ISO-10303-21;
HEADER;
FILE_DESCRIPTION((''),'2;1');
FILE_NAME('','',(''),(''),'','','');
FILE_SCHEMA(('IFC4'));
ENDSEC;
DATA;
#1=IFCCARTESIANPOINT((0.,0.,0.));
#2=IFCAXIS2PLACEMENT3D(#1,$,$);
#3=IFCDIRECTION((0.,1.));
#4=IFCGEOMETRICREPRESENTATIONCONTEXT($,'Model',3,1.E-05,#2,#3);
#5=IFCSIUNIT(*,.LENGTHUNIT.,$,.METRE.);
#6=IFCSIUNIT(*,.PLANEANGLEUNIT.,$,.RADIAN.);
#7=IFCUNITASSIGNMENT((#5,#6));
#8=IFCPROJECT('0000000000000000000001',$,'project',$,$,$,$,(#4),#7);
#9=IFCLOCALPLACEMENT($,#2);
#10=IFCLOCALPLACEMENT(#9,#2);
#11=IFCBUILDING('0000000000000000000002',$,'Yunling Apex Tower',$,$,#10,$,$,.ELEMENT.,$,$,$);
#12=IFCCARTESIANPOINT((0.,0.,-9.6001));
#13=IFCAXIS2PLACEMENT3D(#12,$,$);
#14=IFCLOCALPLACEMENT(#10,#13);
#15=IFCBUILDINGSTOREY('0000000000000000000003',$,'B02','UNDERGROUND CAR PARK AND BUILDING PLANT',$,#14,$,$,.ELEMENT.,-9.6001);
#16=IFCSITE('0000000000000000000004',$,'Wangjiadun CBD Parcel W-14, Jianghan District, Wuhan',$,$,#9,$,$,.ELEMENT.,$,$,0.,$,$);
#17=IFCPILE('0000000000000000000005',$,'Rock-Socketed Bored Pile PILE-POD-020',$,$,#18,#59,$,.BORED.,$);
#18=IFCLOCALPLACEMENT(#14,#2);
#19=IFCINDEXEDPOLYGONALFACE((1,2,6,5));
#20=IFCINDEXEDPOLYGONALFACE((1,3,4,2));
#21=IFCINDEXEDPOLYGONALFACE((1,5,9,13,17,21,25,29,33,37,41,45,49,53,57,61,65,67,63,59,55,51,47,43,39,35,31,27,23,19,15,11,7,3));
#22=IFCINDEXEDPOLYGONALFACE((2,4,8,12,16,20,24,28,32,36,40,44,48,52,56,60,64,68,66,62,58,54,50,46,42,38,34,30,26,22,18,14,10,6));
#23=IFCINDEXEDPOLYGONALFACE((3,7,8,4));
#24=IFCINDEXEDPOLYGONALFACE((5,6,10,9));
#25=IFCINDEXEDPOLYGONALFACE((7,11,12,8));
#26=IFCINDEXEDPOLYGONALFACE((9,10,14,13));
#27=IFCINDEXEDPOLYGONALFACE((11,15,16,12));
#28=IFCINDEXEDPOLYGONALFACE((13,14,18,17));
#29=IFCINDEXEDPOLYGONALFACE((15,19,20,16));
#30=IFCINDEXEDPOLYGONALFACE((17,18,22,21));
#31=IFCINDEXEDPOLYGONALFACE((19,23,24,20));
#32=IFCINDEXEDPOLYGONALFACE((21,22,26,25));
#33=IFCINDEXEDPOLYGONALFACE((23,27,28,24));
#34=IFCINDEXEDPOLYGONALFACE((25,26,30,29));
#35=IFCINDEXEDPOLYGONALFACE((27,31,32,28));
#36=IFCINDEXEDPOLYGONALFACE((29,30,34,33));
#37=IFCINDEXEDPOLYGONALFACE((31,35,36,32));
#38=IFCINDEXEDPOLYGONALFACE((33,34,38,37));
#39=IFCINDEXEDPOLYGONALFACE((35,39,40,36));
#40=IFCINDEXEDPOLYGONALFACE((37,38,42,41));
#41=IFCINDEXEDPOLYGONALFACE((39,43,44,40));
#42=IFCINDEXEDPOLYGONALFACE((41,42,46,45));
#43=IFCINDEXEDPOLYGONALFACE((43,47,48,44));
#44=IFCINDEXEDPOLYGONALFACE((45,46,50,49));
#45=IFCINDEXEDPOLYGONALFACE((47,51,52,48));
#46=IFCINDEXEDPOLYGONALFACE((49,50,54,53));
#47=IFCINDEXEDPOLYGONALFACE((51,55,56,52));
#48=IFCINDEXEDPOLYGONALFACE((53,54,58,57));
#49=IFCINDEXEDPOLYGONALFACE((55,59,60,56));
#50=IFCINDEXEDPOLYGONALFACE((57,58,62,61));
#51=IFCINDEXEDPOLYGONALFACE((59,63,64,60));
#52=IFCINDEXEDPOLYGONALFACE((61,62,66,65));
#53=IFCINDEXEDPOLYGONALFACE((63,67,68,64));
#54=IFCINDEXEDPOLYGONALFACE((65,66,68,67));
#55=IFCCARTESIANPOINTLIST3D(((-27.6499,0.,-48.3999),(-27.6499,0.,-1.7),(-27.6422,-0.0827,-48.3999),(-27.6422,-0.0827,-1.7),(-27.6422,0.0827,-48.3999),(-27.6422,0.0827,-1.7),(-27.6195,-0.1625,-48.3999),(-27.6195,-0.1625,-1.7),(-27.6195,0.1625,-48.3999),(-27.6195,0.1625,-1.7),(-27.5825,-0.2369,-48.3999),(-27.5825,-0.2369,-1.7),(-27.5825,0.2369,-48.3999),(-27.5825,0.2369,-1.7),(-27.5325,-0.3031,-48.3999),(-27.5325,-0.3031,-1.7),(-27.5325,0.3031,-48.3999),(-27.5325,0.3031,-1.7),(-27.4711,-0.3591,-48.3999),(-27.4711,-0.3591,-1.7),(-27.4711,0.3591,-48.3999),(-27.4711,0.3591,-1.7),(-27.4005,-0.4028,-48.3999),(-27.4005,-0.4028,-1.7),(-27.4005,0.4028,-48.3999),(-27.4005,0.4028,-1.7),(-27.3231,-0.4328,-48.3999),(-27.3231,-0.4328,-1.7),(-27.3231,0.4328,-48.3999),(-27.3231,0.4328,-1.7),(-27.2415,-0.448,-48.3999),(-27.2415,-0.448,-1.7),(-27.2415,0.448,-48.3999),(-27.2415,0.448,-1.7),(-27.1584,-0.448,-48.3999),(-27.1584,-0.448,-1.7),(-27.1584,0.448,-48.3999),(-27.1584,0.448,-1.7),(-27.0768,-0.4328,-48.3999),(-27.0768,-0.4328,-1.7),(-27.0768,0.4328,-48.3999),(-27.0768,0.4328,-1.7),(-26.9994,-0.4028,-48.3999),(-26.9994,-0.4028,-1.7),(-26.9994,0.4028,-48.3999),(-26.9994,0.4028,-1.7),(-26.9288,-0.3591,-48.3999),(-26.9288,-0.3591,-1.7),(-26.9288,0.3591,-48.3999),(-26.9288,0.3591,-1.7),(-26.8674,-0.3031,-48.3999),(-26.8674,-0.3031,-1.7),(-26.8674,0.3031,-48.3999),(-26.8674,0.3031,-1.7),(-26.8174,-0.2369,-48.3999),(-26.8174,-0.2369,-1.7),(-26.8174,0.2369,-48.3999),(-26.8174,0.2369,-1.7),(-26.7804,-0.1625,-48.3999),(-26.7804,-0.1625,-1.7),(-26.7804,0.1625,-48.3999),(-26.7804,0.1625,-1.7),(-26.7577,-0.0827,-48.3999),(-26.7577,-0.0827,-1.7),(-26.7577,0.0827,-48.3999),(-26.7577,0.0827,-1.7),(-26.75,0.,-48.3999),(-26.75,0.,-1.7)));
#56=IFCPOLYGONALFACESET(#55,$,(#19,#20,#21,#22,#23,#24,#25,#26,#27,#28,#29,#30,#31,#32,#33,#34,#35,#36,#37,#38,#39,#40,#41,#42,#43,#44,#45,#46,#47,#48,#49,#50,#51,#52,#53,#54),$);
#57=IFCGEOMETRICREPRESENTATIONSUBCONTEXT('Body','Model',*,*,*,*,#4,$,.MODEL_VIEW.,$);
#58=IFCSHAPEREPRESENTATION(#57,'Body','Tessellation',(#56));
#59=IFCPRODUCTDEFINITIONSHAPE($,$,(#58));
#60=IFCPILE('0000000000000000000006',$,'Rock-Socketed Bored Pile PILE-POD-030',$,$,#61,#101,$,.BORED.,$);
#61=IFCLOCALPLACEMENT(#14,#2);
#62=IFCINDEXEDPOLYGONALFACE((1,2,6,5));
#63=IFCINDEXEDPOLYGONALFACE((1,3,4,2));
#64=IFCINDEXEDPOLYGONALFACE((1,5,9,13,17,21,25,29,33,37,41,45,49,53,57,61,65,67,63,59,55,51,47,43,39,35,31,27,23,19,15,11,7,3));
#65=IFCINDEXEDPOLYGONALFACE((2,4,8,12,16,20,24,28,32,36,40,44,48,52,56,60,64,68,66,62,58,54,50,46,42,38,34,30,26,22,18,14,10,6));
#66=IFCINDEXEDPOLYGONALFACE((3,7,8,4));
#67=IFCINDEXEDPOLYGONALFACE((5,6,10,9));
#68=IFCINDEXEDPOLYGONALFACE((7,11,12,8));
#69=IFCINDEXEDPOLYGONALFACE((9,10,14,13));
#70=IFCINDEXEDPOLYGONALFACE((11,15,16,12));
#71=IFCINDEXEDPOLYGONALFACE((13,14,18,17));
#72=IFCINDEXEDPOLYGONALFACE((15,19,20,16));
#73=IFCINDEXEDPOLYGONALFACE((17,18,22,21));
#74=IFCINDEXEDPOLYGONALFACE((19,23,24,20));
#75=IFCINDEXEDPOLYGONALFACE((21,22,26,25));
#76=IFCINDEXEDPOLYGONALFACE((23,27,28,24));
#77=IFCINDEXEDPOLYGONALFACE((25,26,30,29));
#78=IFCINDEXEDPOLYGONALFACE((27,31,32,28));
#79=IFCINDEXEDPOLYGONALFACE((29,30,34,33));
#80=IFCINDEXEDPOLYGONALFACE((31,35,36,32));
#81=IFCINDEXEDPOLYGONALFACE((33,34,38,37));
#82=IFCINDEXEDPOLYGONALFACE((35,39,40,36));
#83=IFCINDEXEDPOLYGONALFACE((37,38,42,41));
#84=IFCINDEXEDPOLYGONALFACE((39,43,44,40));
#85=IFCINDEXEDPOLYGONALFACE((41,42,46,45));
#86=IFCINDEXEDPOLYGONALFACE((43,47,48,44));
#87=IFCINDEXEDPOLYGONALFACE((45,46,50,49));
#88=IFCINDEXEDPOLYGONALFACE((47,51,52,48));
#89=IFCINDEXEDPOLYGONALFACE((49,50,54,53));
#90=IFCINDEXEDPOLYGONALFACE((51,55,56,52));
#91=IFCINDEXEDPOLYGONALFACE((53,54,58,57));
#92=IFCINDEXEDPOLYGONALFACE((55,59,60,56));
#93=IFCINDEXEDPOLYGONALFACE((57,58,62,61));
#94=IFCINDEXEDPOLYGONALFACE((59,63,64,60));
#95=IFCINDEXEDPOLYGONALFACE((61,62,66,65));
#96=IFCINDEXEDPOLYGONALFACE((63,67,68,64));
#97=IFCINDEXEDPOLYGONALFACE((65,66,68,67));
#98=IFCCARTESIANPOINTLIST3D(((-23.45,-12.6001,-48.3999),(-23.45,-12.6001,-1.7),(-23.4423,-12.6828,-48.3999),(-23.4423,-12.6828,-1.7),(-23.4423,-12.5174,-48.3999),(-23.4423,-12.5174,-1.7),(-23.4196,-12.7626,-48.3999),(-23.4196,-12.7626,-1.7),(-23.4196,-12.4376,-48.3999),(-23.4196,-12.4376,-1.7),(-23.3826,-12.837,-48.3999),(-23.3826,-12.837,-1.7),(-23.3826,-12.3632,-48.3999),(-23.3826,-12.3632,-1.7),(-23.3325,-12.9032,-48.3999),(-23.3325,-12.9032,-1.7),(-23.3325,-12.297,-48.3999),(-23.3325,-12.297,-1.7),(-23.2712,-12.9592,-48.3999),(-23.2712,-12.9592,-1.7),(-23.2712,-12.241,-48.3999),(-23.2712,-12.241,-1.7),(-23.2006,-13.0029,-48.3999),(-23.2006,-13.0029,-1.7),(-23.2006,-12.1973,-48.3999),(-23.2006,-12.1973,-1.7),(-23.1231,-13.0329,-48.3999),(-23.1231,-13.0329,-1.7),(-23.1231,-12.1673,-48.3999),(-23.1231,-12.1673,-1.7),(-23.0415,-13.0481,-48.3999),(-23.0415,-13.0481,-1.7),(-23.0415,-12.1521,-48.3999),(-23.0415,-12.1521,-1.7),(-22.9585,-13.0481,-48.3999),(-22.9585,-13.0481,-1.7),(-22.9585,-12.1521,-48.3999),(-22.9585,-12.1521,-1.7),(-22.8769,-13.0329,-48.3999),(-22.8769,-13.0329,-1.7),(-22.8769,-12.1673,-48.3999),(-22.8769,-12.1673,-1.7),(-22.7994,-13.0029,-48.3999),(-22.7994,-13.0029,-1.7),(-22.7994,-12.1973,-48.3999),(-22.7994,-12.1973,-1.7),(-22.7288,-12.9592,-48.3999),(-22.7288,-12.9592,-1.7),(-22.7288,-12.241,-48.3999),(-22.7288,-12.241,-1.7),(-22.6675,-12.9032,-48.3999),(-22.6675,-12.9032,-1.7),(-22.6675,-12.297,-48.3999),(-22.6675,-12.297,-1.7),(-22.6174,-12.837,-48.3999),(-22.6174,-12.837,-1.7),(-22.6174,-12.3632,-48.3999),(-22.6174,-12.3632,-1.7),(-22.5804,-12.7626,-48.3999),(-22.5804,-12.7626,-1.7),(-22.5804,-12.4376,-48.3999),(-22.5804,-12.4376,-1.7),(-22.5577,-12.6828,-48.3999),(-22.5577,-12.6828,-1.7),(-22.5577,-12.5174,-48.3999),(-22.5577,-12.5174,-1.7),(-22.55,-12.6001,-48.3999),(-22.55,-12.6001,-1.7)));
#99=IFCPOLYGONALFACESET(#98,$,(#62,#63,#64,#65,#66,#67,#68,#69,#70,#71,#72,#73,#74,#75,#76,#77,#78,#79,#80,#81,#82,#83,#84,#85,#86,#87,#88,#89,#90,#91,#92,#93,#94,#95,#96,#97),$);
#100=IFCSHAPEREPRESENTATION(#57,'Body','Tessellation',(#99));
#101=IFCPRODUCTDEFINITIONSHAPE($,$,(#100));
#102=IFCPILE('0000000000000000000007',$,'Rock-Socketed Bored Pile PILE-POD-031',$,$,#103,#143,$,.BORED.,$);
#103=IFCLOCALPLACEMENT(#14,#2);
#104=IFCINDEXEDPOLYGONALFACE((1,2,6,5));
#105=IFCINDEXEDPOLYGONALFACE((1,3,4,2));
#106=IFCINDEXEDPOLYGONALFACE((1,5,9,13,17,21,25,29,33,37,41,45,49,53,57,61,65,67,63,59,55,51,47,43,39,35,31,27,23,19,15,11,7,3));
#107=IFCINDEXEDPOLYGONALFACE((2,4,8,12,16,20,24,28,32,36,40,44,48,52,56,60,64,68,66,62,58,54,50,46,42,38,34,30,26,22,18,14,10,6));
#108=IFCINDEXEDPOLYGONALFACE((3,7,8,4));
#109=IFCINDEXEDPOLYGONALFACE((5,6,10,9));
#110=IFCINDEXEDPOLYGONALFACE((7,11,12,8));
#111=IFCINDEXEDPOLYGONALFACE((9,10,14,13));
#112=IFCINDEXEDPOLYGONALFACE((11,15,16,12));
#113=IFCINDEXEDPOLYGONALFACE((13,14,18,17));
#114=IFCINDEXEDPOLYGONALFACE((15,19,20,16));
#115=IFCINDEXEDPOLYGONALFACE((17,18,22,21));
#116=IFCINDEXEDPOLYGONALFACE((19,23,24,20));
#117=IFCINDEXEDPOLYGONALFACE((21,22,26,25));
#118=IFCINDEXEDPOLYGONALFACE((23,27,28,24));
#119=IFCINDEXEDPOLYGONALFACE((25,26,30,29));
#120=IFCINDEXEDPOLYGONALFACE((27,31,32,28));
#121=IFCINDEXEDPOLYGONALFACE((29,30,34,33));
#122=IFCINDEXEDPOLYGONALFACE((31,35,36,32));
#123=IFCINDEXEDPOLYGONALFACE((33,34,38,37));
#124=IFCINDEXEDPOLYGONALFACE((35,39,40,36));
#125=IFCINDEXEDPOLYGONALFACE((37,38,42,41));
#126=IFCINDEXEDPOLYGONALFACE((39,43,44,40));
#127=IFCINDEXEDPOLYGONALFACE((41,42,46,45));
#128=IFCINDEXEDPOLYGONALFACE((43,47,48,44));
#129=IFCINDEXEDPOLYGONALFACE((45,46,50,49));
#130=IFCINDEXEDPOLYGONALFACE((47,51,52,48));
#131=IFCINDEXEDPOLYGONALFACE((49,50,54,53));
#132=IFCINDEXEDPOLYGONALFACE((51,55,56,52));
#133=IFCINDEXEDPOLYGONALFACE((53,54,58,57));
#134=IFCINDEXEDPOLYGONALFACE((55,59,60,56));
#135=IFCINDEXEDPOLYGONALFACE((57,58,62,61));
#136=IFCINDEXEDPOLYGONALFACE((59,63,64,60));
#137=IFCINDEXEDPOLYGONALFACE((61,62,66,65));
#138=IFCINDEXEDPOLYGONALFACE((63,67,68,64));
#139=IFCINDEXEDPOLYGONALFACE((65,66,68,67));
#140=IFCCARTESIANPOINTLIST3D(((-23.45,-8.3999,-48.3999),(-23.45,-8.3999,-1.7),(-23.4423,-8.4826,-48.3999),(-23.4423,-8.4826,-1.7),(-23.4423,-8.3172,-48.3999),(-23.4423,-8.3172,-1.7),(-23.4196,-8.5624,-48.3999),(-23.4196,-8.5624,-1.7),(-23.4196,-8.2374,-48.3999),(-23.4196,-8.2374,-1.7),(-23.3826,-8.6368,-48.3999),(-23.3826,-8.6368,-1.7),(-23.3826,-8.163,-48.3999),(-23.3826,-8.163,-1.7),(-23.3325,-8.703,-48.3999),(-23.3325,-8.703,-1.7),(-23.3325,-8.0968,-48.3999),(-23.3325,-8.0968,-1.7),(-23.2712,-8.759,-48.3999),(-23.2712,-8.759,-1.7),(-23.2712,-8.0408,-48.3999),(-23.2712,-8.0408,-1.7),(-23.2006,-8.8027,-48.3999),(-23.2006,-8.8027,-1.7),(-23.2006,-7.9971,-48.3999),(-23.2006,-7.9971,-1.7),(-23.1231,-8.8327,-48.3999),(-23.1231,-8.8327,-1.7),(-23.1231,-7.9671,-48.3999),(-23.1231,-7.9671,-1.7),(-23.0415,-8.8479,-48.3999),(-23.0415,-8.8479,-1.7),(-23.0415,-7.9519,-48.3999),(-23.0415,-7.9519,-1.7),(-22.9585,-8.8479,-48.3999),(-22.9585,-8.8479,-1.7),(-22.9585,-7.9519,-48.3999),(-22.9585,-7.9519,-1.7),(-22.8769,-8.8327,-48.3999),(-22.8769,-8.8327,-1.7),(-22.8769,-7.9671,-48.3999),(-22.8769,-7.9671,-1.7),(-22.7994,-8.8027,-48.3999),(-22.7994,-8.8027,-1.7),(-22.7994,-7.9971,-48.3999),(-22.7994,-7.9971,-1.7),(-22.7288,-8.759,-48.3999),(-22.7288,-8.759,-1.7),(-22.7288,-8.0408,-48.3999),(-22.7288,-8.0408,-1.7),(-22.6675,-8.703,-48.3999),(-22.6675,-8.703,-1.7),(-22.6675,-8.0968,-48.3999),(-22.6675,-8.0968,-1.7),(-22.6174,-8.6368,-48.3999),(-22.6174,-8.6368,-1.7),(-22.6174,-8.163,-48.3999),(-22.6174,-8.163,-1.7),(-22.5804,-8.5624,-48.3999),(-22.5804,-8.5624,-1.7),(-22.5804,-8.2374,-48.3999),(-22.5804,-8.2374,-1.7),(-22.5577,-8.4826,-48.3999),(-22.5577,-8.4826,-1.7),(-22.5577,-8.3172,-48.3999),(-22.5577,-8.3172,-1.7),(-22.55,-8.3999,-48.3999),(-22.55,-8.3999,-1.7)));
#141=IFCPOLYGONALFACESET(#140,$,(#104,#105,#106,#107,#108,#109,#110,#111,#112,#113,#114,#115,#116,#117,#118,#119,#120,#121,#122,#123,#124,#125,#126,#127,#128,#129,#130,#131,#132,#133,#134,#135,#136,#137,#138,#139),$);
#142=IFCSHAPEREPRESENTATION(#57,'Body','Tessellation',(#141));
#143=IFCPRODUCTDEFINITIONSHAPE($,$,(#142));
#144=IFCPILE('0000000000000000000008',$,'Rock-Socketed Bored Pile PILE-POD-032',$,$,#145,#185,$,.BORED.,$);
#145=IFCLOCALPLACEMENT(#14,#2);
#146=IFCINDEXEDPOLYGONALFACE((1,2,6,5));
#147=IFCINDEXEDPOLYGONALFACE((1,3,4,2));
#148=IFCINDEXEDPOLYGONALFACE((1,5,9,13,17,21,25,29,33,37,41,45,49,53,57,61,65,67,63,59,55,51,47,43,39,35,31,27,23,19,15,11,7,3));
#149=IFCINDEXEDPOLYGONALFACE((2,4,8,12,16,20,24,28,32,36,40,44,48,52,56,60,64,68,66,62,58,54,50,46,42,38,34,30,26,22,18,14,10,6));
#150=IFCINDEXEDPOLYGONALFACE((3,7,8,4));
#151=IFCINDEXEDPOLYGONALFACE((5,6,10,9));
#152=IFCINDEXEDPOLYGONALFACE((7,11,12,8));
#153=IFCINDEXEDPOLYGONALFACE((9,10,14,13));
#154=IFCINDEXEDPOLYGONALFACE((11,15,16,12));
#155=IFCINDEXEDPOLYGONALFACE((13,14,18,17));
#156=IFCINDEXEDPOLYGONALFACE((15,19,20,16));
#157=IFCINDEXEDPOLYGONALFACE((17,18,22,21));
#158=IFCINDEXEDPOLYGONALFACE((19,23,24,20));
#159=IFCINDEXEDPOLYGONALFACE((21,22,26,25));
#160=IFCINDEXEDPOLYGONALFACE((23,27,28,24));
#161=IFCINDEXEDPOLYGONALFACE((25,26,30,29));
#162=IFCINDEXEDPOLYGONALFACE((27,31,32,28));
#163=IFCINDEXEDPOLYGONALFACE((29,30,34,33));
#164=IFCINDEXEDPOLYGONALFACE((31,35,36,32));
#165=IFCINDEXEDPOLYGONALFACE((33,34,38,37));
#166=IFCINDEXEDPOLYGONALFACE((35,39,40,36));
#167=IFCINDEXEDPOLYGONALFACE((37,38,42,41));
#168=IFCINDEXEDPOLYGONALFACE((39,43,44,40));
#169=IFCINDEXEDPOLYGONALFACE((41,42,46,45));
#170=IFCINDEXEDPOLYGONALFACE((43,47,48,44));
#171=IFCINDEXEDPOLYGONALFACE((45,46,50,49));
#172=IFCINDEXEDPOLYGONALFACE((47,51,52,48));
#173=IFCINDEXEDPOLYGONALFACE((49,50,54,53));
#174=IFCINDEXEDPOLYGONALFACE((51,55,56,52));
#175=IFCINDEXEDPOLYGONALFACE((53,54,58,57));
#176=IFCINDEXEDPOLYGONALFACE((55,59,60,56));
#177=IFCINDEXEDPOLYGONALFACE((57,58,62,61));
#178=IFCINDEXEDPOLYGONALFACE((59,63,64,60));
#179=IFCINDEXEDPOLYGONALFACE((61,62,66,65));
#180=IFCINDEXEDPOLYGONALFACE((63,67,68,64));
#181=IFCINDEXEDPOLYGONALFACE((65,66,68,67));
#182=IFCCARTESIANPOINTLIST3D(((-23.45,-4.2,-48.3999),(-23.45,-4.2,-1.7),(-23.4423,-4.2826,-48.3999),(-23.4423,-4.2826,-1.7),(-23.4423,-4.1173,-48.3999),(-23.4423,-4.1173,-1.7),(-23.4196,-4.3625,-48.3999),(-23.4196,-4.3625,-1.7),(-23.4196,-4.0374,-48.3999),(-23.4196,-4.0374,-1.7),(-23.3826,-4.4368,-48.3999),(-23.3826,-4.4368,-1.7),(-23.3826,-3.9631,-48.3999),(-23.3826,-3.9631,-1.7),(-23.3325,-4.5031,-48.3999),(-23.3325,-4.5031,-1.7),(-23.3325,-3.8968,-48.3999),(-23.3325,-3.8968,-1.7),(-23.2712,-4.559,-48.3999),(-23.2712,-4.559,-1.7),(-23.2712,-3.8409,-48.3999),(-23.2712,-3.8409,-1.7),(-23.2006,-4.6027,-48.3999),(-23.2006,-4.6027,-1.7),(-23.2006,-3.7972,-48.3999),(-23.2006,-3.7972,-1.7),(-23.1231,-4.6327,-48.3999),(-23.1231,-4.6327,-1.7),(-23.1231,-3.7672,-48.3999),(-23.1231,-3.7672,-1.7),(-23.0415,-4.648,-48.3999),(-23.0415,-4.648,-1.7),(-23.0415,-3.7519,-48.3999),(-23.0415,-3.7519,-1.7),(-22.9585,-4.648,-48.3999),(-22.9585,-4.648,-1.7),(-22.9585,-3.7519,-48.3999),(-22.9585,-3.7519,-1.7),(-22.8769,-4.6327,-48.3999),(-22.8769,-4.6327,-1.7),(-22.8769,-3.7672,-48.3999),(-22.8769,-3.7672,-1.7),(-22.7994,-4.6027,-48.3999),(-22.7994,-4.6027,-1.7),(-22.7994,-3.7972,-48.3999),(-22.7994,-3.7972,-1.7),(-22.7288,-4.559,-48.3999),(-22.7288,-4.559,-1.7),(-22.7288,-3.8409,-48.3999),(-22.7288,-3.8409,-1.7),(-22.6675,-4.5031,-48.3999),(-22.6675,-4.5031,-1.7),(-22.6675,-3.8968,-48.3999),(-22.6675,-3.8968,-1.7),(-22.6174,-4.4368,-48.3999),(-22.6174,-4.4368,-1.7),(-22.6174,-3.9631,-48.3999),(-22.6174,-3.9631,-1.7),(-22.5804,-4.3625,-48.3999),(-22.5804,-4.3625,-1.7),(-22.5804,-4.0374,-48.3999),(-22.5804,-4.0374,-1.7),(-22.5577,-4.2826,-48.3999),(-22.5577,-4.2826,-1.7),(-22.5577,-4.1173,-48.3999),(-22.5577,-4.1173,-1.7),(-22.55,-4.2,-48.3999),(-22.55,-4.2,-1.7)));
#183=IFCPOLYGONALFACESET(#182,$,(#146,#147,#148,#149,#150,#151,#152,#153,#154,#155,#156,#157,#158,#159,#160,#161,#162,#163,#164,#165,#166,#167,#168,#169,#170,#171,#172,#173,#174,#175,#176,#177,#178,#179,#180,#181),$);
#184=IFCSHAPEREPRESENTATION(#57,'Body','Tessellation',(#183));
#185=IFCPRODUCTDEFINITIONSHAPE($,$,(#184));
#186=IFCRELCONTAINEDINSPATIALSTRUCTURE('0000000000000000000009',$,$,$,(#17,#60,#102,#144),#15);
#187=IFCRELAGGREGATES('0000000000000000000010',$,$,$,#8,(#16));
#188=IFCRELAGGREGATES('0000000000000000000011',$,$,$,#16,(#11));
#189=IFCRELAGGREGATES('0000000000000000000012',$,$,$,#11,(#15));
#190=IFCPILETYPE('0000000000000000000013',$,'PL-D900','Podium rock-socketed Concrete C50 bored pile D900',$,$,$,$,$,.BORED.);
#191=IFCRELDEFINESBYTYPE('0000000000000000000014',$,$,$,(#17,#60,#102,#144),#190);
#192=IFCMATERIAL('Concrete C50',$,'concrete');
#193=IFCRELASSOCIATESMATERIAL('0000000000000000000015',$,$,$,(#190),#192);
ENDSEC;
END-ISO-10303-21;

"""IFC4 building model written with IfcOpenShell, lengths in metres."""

from ifc_helpers import new_model, si_unit, direction, frame, origin, origin_2d, place, context, subcontext, project, spatial, circle, extrude, source, transform, mapped, material, material_profile, profile_set, type_object, element, save


model = new_model("IFC4")

# Units and contexts
model_context = context("Model", 3, precision=1e-05, world=origin(), true_north=direction((0.0, 1.0)))
body_context = subcontext(model_context, "Body", "Model", "MODEL_VIEW")
ifc_project = project(units=[si_unit("LENGTHUNIT", "METRE"), si_unit("PLANEANGLEUNIT", "RADIAN")], contexts=[model_context])

# Site, building, storey
site_placement = place(None, origin())
site = spatial("IfcSite", under=ifc_project, at=site_placement, Name="Wangjiadun CBD Parcel W-14, Jianghan District, Wuhan", CompositionType="ELEMENT", RefElevation=0.0)
building_placement = place(site_placement, origin())
building = spatial("IfcBuilding", under=site, at=building_placement, Name="Yunling Apex Tower", CompositionType="ELEMENT")
storey_placement = place(building_placement, frame((0.0, 0.0, -9.6001)))
storey = spatial("IfcBuildingStorey", under=building, at=storey_placement, Name="B02", Description="UNDERGROUND CAR PARK AND BUILDING PLANT", CompositionType="ELEMENT", Elevation=-9.6001)

# Shared definitions
ifc_material_1 = material(Name="Concrete C50", Category="concrete")

# Piles
ifc_material_profile_1 = material_profile(ifc_material_1, circle(Radius=0.45, at=origin_2d()))
ifc_profile_set_1 = profile_set([ifc_material_profile_1], Name="Concrete C50")
pile_type_1 = type_object("IfcPileType", Name="PL-D900", Description="Podium rock-socketed Concrete C50 bored pile D900", PredefinedType="BORED", material=ifc_profile_set_1)
shared_shape_1 = source(origin(), body_context, "Body", "SweptSolid", [
    extrude(circle(Radius=0.45, at=origin_2d()), origin(), (0.0, 0.0, 1.0), 46.7),
])
for number, where, z_axis, x_axis, name in (
    (1, (-27.2, 0.0, -1.7), (0.0, 0.0, -1.0), (1.0, 0.0, 0.0), "Rock-Socketed Bored Pile PILE-POD-020"),
    (2, (-23.0, -12.6001, -1.7), (0.0, 0.0, -1.0), (1.0, 0.0, 0.0), "Rock-Socketed Bored Pile PILE-POD-030"),
    (3, (-23.0, -8.3999, -1.7), (0.0, 0.0, -1.0), (1.0, 0.0, 0.0), "Rock-Socketed Bored Pile PILE-POD-031"),
    (4, (-23.0, -4.2, -1.7), (0.0, 0.0, -1.0), (1.0, 0.0, 0.0), "Rock-Socketed Bored Pile PILE-POD-032"),
):
    element("IfcPile", number, at=place(storey_placement, frame(where, z_axis=z_axis, x_axis=x_axis)), inside=storey, type_object=pile_type_1, Name=name, PredefinedType="BORED", context=body_context, shape_type="MappedRepresentation", body=[
        mapped(shared_shape_1, transform((0.0, 0.0, 0.0), scale=1.0)),
    ])

save(model, "model.ifc")
